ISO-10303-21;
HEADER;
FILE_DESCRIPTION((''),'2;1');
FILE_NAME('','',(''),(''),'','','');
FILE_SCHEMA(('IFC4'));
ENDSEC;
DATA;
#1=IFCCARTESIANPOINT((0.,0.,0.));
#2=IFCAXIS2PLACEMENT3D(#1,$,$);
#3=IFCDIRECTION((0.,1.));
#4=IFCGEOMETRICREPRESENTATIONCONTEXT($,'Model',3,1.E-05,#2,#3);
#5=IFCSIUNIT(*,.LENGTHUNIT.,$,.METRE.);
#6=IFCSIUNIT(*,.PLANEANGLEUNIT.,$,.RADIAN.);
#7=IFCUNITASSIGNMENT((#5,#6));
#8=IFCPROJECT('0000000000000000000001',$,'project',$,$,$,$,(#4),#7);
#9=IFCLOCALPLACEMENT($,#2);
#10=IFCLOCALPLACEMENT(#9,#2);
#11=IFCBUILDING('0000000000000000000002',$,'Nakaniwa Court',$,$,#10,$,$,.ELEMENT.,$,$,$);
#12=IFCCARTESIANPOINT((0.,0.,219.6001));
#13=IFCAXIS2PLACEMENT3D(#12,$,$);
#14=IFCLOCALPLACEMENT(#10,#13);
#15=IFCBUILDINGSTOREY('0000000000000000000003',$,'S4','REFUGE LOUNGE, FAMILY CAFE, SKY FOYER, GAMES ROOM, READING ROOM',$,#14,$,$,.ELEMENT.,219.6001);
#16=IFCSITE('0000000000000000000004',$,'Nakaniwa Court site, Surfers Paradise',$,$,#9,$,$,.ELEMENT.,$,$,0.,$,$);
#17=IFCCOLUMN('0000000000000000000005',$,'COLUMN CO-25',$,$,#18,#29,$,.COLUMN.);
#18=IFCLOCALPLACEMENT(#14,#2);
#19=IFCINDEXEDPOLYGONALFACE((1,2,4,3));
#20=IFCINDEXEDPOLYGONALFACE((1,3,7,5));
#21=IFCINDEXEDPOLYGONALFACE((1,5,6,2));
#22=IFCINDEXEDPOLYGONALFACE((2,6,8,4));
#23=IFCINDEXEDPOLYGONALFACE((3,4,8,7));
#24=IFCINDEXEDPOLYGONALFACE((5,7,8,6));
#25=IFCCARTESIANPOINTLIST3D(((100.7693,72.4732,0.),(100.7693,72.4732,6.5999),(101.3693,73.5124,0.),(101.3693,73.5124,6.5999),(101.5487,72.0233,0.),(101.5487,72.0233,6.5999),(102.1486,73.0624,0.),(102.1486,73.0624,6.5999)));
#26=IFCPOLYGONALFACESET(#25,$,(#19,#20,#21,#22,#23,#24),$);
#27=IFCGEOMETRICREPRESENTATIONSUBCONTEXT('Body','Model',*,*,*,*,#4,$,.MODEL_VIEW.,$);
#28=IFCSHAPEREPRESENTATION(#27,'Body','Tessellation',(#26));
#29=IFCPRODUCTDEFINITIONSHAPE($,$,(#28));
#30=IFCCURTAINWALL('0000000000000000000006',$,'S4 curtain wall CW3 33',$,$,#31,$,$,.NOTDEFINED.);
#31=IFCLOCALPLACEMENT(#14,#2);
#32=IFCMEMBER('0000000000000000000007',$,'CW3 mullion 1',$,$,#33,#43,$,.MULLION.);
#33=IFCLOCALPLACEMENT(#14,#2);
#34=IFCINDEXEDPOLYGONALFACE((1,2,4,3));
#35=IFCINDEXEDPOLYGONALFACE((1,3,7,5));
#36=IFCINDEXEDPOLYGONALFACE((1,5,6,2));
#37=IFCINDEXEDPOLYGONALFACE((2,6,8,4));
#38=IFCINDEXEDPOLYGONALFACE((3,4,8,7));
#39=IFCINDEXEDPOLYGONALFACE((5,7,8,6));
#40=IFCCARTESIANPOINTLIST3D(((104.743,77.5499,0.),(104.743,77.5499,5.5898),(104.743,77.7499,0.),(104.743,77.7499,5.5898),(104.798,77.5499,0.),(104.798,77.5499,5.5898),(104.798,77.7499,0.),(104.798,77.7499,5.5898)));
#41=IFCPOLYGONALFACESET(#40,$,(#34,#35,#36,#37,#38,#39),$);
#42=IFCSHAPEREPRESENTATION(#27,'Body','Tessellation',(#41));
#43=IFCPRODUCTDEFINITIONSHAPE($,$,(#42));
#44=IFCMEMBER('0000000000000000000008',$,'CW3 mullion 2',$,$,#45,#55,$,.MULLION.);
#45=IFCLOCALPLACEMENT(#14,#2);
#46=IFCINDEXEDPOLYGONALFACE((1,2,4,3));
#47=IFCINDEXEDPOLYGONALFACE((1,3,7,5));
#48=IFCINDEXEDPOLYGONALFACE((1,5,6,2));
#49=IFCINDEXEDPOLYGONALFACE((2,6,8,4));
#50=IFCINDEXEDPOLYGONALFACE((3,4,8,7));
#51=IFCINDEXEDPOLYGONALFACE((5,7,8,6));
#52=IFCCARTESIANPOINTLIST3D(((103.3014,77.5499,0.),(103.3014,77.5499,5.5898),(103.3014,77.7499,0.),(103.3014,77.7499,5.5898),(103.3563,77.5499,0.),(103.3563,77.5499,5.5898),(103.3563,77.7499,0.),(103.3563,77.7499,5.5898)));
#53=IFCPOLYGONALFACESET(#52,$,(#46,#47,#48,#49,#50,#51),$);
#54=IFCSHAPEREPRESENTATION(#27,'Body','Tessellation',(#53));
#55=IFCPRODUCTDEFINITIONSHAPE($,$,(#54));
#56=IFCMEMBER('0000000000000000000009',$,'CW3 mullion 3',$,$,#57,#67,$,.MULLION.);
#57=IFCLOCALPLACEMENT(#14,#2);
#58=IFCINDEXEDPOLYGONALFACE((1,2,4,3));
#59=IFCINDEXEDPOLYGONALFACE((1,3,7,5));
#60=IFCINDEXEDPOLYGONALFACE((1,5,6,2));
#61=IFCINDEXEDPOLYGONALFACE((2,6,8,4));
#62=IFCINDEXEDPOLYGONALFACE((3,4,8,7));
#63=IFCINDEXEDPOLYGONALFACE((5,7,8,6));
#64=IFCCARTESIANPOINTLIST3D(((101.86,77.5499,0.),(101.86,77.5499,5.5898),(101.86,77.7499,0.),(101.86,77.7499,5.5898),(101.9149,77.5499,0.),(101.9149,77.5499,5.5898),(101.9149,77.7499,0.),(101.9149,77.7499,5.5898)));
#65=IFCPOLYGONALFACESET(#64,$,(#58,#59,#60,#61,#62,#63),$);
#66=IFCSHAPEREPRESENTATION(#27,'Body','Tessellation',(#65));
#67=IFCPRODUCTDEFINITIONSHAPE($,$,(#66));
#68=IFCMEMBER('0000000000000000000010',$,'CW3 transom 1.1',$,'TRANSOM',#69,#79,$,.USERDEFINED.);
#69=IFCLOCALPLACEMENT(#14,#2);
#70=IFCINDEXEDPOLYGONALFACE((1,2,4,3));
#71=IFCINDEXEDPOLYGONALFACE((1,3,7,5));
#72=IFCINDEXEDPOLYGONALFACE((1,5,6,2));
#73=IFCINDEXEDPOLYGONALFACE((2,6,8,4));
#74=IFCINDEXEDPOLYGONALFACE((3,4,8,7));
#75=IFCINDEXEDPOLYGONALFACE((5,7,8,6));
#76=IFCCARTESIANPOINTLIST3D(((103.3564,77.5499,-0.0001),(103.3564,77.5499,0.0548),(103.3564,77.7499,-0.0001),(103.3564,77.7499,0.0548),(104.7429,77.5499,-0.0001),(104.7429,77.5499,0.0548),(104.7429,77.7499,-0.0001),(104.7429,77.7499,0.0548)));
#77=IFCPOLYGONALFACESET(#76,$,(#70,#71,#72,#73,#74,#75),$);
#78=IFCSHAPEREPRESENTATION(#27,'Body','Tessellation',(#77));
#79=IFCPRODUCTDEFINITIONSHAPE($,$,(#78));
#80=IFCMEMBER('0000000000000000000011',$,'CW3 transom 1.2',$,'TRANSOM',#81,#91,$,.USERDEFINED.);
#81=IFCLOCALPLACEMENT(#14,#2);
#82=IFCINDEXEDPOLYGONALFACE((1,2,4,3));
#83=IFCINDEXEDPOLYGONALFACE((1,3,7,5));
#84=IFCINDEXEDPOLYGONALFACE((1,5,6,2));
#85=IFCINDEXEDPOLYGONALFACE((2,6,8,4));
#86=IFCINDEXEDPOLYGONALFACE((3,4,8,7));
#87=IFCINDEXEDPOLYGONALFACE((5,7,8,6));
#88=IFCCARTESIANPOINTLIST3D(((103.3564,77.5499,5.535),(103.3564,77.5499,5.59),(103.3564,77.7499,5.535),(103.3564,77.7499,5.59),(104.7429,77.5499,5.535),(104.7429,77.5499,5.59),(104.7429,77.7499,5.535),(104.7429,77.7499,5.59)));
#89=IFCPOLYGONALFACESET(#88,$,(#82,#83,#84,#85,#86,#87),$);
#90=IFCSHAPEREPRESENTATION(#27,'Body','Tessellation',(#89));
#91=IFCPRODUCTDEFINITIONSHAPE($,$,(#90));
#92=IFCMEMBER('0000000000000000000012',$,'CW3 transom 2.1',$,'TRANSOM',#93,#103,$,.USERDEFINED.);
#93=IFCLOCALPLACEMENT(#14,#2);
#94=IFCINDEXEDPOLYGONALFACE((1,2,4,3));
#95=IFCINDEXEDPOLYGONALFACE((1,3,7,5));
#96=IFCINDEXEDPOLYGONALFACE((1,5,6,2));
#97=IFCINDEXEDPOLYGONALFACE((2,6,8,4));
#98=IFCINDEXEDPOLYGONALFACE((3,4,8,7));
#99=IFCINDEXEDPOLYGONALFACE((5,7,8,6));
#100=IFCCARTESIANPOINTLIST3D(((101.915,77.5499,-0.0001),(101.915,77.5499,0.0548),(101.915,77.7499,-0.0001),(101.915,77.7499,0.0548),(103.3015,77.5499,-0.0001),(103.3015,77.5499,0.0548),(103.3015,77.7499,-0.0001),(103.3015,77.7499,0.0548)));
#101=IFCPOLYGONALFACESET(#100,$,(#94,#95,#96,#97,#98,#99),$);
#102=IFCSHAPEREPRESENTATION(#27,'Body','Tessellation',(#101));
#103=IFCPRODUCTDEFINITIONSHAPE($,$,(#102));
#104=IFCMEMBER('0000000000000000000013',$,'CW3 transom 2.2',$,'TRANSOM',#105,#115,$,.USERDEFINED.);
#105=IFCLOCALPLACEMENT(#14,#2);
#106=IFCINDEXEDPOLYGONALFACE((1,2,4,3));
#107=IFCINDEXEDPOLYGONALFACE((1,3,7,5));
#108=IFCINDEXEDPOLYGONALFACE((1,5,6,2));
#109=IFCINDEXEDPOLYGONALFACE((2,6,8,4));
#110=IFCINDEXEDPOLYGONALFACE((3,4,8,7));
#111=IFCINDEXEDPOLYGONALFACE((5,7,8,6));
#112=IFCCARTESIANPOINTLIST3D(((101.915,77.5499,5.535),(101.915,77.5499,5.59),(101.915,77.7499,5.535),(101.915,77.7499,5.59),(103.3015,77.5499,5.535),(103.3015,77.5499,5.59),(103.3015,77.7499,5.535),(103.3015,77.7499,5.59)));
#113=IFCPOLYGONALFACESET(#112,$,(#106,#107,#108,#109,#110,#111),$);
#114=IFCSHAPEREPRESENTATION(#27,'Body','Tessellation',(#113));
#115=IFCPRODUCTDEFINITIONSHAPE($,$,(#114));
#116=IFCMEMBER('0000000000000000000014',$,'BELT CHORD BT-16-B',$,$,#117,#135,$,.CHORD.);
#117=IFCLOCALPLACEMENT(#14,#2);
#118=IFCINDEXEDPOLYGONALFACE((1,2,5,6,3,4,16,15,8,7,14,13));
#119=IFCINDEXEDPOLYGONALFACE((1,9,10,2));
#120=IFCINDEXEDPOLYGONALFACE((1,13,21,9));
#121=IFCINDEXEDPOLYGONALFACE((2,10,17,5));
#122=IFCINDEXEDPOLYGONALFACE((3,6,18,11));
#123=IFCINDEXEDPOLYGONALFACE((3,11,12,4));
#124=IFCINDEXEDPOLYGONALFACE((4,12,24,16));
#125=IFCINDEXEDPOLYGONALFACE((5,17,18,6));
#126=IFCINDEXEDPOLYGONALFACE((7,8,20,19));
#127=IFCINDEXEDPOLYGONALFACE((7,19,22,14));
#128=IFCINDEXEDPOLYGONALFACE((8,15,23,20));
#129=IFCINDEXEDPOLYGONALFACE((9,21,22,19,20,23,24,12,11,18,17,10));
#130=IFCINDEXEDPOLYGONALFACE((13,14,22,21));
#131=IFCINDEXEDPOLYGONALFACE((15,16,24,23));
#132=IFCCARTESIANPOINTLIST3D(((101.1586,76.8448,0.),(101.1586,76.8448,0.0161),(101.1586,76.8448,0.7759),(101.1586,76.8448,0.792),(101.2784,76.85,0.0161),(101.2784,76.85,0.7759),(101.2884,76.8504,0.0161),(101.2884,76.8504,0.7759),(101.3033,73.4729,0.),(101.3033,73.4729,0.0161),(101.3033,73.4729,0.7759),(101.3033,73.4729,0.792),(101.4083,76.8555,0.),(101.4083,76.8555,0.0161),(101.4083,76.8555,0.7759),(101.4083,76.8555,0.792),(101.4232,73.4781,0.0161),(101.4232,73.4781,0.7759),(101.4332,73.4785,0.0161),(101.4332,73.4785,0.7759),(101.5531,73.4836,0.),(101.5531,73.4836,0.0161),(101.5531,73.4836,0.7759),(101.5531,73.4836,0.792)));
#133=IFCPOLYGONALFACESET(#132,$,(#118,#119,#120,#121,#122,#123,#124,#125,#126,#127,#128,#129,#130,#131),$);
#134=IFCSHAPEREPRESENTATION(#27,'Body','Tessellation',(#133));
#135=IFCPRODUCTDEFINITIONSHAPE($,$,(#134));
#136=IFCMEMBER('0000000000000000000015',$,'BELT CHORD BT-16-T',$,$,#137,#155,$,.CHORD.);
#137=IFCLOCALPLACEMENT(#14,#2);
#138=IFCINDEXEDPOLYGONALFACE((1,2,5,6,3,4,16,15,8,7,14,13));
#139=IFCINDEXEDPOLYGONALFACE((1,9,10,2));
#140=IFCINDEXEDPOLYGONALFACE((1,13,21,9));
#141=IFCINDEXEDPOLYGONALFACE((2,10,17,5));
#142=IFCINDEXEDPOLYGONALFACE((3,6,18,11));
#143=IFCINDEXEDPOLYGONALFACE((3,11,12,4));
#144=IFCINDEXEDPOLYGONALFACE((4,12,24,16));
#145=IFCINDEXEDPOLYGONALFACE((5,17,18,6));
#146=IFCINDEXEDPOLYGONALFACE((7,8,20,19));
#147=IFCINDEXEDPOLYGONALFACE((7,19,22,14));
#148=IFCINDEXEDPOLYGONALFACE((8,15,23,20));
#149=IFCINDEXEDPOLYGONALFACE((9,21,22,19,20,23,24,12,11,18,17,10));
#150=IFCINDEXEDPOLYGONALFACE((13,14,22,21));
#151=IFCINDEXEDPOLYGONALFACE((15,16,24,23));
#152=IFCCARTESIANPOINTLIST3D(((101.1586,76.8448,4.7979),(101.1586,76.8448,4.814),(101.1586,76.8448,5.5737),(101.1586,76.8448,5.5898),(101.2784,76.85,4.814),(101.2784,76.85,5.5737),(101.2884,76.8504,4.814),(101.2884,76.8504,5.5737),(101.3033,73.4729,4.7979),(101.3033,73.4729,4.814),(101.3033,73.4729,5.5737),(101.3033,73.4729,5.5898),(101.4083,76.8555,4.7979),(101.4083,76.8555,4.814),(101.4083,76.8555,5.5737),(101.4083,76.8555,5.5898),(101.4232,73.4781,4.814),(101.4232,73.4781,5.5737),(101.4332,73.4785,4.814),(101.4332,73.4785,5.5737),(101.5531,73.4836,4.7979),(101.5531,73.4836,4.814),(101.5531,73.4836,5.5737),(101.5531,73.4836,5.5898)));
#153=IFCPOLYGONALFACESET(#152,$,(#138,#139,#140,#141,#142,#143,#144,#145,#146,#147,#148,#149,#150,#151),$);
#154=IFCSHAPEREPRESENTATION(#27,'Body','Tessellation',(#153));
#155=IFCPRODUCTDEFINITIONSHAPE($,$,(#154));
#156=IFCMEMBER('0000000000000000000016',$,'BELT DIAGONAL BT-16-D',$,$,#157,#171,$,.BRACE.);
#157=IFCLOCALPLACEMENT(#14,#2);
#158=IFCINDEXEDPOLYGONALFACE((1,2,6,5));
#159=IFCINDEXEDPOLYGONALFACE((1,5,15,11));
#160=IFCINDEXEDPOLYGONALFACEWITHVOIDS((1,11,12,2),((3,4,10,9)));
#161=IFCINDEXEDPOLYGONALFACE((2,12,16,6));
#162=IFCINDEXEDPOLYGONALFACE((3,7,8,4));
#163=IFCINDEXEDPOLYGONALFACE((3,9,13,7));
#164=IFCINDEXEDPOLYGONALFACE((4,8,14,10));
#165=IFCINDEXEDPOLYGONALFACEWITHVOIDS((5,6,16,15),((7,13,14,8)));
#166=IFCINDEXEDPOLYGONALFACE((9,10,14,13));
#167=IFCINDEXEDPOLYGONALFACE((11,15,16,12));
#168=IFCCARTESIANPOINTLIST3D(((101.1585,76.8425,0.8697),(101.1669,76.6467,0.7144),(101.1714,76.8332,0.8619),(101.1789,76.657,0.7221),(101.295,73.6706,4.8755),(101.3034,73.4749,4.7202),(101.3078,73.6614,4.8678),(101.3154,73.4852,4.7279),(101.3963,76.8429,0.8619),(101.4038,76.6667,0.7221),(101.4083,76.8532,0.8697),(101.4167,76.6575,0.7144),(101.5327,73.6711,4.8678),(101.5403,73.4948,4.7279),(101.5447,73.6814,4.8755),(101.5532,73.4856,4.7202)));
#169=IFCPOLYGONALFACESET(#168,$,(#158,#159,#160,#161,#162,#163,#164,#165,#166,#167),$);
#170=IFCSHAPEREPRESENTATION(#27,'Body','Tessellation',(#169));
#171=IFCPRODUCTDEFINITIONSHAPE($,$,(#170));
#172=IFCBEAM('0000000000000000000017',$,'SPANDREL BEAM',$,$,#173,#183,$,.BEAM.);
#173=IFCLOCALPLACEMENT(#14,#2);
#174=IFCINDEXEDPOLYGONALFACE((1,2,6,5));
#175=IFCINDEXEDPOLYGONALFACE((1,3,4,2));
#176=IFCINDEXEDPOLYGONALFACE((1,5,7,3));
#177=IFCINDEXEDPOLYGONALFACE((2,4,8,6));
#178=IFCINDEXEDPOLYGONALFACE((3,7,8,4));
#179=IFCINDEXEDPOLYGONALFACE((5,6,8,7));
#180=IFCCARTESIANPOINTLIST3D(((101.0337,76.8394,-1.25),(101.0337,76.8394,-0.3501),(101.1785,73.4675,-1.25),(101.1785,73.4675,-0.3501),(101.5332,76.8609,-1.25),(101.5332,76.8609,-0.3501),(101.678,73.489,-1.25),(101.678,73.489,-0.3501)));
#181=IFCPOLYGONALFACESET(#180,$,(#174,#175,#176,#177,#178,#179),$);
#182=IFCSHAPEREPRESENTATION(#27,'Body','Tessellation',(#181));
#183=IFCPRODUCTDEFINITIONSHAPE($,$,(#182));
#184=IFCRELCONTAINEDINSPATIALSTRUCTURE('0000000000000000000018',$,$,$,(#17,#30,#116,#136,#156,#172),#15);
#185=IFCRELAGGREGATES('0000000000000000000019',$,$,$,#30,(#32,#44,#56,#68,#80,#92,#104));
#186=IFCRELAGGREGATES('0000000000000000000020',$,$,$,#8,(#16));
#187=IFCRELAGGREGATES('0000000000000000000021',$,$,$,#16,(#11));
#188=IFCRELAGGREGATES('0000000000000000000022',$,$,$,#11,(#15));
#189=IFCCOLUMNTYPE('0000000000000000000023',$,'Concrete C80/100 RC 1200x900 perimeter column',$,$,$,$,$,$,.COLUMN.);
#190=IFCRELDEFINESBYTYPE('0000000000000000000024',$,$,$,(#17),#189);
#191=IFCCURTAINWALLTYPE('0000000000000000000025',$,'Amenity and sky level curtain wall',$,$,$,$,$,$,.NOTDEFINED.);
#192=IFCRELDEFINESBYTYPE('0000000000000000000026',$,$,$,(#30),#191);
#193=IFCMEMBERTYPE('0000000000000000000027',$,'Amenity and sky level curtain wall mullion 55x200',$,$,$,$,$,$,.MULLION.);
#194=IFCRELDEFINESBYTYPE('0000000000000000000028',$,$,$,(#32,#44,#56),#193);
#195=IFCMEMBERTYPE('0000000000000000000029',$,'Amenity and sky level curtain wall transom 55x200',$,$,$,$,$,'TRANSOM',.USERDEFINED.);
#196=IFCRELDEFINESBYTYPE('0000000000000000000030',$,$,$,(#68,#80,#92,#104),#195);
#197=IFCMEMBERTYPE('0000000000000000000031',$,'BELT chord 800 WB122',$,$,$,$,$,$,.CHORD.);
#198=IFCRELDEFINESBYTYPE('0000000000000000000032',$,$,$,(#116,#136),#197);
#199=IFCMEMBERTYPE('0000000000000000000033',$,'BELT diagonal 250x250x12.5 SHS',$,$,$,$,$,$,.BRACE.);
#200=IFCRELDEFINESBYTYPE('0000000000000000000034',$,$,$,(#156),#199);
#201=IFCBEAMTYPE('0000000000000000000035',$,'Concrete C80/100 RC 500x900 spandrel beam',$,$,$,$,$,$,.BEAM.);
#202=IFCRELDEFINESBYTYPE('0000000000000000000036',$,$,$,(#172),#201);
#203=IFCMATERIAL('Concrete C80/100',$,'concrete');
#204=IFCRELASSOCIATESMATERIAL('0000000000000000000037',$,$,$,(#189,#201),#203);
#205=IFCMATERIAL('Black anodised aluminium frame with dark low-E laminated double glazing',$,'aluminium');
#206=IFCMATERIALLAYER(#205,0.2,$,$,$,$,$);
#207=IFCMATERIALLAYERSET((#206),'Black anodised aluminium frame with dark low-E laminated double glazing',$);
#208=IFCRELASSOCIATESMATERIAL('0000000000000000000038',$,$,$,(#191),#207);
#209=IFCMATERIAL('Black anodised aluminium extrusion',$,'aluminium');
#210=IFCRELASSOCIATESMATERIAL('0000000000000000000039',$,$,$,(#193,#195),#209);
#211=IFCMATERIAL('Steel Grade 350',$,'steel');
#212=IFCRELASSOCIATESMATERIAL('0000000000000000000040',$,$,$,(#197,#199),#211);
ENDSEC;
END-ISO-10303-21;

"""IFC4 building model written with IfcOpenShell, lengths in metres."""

from ifc_helpers import new_model, si_unit, direction, frame, origin, origin_2d, place, context, subcontext, project, spatial, rectangle, hollow_rectangle, i_section, extrude, material, layer, layer_set, material_profile, profile_set, type_object, element, aggregate, save


model = new_model("IFC4")

# Units and contexts
model_context = context("Model", 3, precision=1e-05, world=origin(), true_north=direction((0.0, 1.0)))
body_context = subcontext(model_context, "Body", "Model", "MODEL_VIEW")
ifc_project = project(units=[si_unit("LENGTHUNIT", "METRE"), si_unit("PLANEANGLEUNIT", "RADIAN")], contexts=[model_context])

# Site, building, storey
site_placement = place(None, origin())
site = spatial("IfcSite", under=ifc_project, at=site_placement, Name="Nakaniwa Court site, Surfers Paradise", CompositionType="ELEMENT", RefElevation=0.0)
building_placement = place(site_placement, origin())
building = spatial("IfcBuilding", under=site, at=building_placement, Name="Nakaniwa Court", CompositionType="ELEMENT")
storey_placement = place(building_placement, frame((0.0, 0.0, 219.6001)))
storey = spatial("IfcBuildingStorey", under=building, at=storey_placement, Name="S4", Description="REFUGE LOUNGE, FAMILY CAFE, SKY FOYER, GAMES ROOM, READING ROOM", CompositionType="ELEMENT", Elevation=219.6001)

# Column
ifc_material_1 = material(Name="Concrete C80/100", Category="concrete")
ifc_material_profile_1 = material_profile(ifc_material_1, rectangle(XDim=1.2, YDim=0.8999, at=origin_2d()), Name="Concrete C80/100 RC 1200x900 perimeter column")
ifc_profile_set_1 = profile_set([ifc_material_profile_1], Name="Concrete C80/100")
column_type = type_object("IfcColumnType", Name="Concrete C80/100 RC 1200x900 perimeter column", PredefinedType="COLUMN", material=ifc_profile_set_1)
column_placement = place(storey_placement, frame((101.459, 72.7678, 0.0), z_axis=(0.0, 0.0, 1.0), x_axis=(0.5, 0.866025, 0.0)))
element("IfcColumn", 1, at=column_placement, inside=storey, type_object=column_type, Name="COLUMN CO-25", PredefinedType="COLUMN", context=body_context, shape_type="SweptSolid", body=[
    extrude(rectangle(XDim=1.2, YDim=0.8999, at=origin_2d()), origin(), (0.0, 0.0, 1.0), 6.5999),
])

# Curtain wall, members
ifc_material_2 = material(Name="Black anodised aluminium frame with dark low-E laminated double glazing", Category="aluminium")
ifc_layer_1 = layer(ifc_material_2, 0.2)
ifc_layer_set_1 = layer_set([ifc_layer_1], Name="Black anodised aluminium frame with dark low-E laminated double glazing")
curtain_wall_type = type_object("IfcCurtainWallType", Name="Amenity and sky level curtain wall", PredefinedType="NOTDEFINED", material=ifc_layer_set_1)
curtain_wall_placement = place(storey_placement, origin())
curtain_wall = element("IfcCurtainWall", 2, at=curtain_wall_placement, inside=storey, type_object=curtain_wall_type, Name="S4 curtain wall CW3 33", PredefinedType="NOTDEFINED")
ifc_material_3 = material(Name="Black anodised aluminium extrusion", Category="aluminium")
ifc_material_profile_2 = material_profile(ifc_material_3, rectangle(XDim=0.2, YDim=0.0549, at=origin_2d()), Name="Amenity and sky level curtain wall mullion 55x200")
ifc_profile_set_2 = profile_set([ifc_material_profile_2], Name="Black anodised aluminium extrusion")
member_type_1 = type_object("IfcMemberType", Name="Amenity and sky level curtain wall mullion 55x200", PredefinedType="MULLION", material=ifc_profile_set_2)
member_1_placement = place(storey_placement, frame((104.7705, 77.6499, 0.0), z_axis=(0.0, 0.0, 1.0), x_axis=(0.0, -1.0, 0.0)))
member_1 = element("IfcMember", 3, at=member_1_placement, type_object=member_type_1, Name="CW3 mullion 1", PredefinedType="MULLION", context=body_context, shape_type="SweptSolid", body=[
    extrude(rectangle(XDim=0.2, YDim=0.0549, at=origin_2d()), origin(), (0.0, 0.0, 1.0), 5.5898),
])
member_2_placement = place(storey_placement, frame((103.3289, 77.6499, 0.0), z_axis=(0.0, 0.0, 1.0), x_axis=(0.0, -1.0, 0.0)))
member_2 = element("IfcMember", 4, at=member_2_placement, type_object=member_type_1, Name="CW3 mullion 2", PredefinedType="MULLION", context=body_context, shape_type="SweptSolid", body=[
    extrude(rectangle(XDim=0.2, YDim=0.0549, at=origin_2d()), origin(), (0.0, 0.0, 1.0), 5.5898),
])
member_3_placement = place(storey_placement, frame((101.8875, 77.6499, 0.0), z_axis=(0.0, 0.0, 1.0), x_axis=(0.0, -1.0, 0.0)))
member_3 = element("IfcMember", 5, at=member_3_placement, type_object=member_type_1, Name="CW3 mullion 3", PredefinedType="MULLION", context=body_context, shape_type="SweptSolid", body=[
    extrude(rectangle(XDim=0.2, YDim=0.0549, at=origin_2d()), origin(), (0.0, 0.0, 1.0), 5.5898),
])
ifc_material_profile_3 = material_profile(ifc_material_3, rectangle(XDim=0.2, YDim=0.0549, at=origin_2d()), Name="Amenity and sky level curtain wall transom 55x200")
ifc_profile_set_3 = profile_set([ifc_material_profile_3], Name="Black anodised aluminium extrusion")
member_type_2 = type_object("IfcMemberType", Name="Amenity and sky level curtain wall transom 55x200", ElementType="TRANSOM", PredefinedType="USERDEFINED", material=ifc_profile_set_3)
member_4_placement = place(storey_placement, frame((104.7429, 77.6499, 0.0273), z_axis=(-1.0, 0.0, 0.0), x_axis=(0.0, -1.0, 0.0)))
member_4 = element("IfcMember", 6, at=member_4_placement, type_object=member_type_2, Name="CW3 transom 1.1", ObjectType="TRANSOM", PredefinedType="USERDEFINED", context=body_context, shape_type="SweptSolid", body=[
    extrude(rectangle(XDim=0.2, YDim=0.0549, at=origin_2d()), origin(), (0.0, 0.0, 1.0), 1.3865),
])
member_5_placement = place(storey_placement, frame((104.7429, 77.6499, 5.5625), z_axis=(-1.0, 0.0, 0.0), x_axis=(0.0, -1.0, 0.0)))
member_5 = element("IfcMember", 7, at=member_5_placement, type_object=member_type_2, Name="CW3 transom 1.2", ObjectType="TRANSOM", PredefinedType="USERDEFINED", context=body_context, shape_type="SweptSolid", body=[
    extrude(rectangle(XDim=0.2, YDim=0.0549, at=origin_2d()), origin(), (0.0, 0.0, 1.0), 1.3865),
])
member_6_placement = place(storey_placement, frame((103.3015, 77.6499, 0.0273), z_axis=(-1.0, 0.0, 0.0), x_axis=(0.0, -1.0, 0.0)))
member_6 = element("IfcMember", 8, at=member_6_placement, type_object=member_type_2, Name="CW3 transom 2.1", ObjectType="TRANSOM", PredefinedType="USERDEFINED", context=body_context, shape_type="SweptSolid", body=[
    extrude(rectangle(XDim=0.2, YDim=0.0549, at=origin_2d()), origin(), (0.0, 0.0, 1.0), 1.3865),
])
member_7_placement = place(storey_placement, frame((103.3015, 77.6499, 5.5625), z_axis=(-1.0, 0.0, 0.0), x_axis=(0.0, -1.0, 0.0)))
member_7 = element("IfcMember", 9, at=member_7_placement, type_object=member_type_2, Name="CW3 transom 2.2", ObjectType="TRANSOM", PredefinedType="USERDEFINED", context=body_context, shape_type="SweptSolid", body=[
    extrude(rectangle(XDim=0.2, YDim=0.0549, at=origin_2d()), origin(), (0.0, 0.0, 1.0), 1.3865),
])

# Members
ifc_material_4 = material(Name="Steel Grade 350", Category="steel")
ifc_material_profile_4 = material_profile(ifc_material_4, i_section(OverallWidth=0.25, OverallDepth=0.792, WebThickness=0.01, FlangeThickness=0.0161, at=origin_2d()), Name="800WB122")
ifc_profile_set_4 = profile_set([ifc_material_profile_4], Name="Steel Grade 350")
member_type_3 = type_object("IfcMemberType", Name="BELT chord 800 WB122", PredefinedType="CHORD", material=ifc_profile_set_4)
for number, where, z_axis, x_axis, name in (
    (10, (101.4282, 73.4783, 0.396), (-0.042897, 0.999079, 0.0), (-0.999079, -0.042897, 0.0), "BELT CHORD BT-16-B"),
    (11, (101.4282, 73.4783, 5.1938), (-0.042897, 0.999079, 0.0), (-0.999079, -0.042897, 0.0), "BELT CHORD BT-16-T"),
):
    element("IfcMember", number, at=place(storey_placement, frame(where, z_axis=z_axis, x_axis=x_axis)), inside=storey, type_object=member_type_3, Name=name, PredefinedType="CHORD", context=body_context, shape_type="SweptSolid", body=[
        extrude(i_section(OverallWidth=0.25, OverallDepth=0.792, WebThickness=0.01, FlangeThickness=0.0161, at=origin_2d()), origin(), (0.0, 0.0, 1.0), 3.375),
    ])
ifc_material_profile_5 = material_profile(ifc_material_4, hollow_rectangle(XDim=0.25, YDim=0.25, WallThickness=0.0125, at=origin_2d()), Name="BELT diagonal 250x250x12.5 SHS")
ifc_profile_set_5 = profile_set([ifc_material_profile_5], Name="Steel Grade 350")
member_type_4 = type_object("IfcMemberType", Name="BELT diagonal 250x250x12.5 SHS", PredefinedType="BRACE", material=ifc_profile_set_5)
member_8_placement = place(storey_placement, frame((101.4241, 73.5781, 4.7979), z_axis=(-0.0267, 0.62055, -0.783712), x_axis=(-0.999076, -0.042987, 0.0)))
element("IfcMember", 12, at=member_8_placement, inside=storey, type_object=member_type_4, Name="BELT DIAGONAL BT-16-D", PredefinedType="BRACE", context=body_context, shape_type="SweptSolid", body=[
    extrude(hollow_rectangle(XDim=0.25, YDim=0.25, WallThickness=0.0125, at=origin_2d()), origin(), (0.0, 0.0, 1.0), 5.1113),
])

# Beam
ifc_material_profile_6 = material_profile(ifc_material_1, rectangle(XDim=0.5, YDim=0.8999, at=origin_2d()), Name="Concrete C80/100 RC 500x900 spandrel beam")
ifc_profile_set_6 = profile_set([ifc_material_profile_6], Name="Concrete C80/100")
beam_type = type_object("IfcBeamType", Name="Concrete C80/100 RC 500x900 spandrel beam", PredefinedType="BEAM", material=ifc_profile_set_6)
beam_placement = place(storey_placement, frame((101.4282, 73.4783, -0.8), z_axis=(-0.042897, 0.999079, 0.0), x_axis=(-0.999079, -0.042897, 0.0)))
element("IfcBeam", 13, at=beam_placement, inside=storey, type_object=beam_type, Name="SPANDREL BEAM", PredefinedType="BEAM", context=body_context, shape_type="SweptSolid", body=[
    extrude(rectangle(XDim=0.5, YDim=0.8999, at=origin_2d()), origin(), (0.0, 0.0, 1.0), 3.375),
])

aggregate(curtain_wall, [member_1, member_2, member_3, member_4, member_5, member_6, member_7])

save(model, "model.ifc")
